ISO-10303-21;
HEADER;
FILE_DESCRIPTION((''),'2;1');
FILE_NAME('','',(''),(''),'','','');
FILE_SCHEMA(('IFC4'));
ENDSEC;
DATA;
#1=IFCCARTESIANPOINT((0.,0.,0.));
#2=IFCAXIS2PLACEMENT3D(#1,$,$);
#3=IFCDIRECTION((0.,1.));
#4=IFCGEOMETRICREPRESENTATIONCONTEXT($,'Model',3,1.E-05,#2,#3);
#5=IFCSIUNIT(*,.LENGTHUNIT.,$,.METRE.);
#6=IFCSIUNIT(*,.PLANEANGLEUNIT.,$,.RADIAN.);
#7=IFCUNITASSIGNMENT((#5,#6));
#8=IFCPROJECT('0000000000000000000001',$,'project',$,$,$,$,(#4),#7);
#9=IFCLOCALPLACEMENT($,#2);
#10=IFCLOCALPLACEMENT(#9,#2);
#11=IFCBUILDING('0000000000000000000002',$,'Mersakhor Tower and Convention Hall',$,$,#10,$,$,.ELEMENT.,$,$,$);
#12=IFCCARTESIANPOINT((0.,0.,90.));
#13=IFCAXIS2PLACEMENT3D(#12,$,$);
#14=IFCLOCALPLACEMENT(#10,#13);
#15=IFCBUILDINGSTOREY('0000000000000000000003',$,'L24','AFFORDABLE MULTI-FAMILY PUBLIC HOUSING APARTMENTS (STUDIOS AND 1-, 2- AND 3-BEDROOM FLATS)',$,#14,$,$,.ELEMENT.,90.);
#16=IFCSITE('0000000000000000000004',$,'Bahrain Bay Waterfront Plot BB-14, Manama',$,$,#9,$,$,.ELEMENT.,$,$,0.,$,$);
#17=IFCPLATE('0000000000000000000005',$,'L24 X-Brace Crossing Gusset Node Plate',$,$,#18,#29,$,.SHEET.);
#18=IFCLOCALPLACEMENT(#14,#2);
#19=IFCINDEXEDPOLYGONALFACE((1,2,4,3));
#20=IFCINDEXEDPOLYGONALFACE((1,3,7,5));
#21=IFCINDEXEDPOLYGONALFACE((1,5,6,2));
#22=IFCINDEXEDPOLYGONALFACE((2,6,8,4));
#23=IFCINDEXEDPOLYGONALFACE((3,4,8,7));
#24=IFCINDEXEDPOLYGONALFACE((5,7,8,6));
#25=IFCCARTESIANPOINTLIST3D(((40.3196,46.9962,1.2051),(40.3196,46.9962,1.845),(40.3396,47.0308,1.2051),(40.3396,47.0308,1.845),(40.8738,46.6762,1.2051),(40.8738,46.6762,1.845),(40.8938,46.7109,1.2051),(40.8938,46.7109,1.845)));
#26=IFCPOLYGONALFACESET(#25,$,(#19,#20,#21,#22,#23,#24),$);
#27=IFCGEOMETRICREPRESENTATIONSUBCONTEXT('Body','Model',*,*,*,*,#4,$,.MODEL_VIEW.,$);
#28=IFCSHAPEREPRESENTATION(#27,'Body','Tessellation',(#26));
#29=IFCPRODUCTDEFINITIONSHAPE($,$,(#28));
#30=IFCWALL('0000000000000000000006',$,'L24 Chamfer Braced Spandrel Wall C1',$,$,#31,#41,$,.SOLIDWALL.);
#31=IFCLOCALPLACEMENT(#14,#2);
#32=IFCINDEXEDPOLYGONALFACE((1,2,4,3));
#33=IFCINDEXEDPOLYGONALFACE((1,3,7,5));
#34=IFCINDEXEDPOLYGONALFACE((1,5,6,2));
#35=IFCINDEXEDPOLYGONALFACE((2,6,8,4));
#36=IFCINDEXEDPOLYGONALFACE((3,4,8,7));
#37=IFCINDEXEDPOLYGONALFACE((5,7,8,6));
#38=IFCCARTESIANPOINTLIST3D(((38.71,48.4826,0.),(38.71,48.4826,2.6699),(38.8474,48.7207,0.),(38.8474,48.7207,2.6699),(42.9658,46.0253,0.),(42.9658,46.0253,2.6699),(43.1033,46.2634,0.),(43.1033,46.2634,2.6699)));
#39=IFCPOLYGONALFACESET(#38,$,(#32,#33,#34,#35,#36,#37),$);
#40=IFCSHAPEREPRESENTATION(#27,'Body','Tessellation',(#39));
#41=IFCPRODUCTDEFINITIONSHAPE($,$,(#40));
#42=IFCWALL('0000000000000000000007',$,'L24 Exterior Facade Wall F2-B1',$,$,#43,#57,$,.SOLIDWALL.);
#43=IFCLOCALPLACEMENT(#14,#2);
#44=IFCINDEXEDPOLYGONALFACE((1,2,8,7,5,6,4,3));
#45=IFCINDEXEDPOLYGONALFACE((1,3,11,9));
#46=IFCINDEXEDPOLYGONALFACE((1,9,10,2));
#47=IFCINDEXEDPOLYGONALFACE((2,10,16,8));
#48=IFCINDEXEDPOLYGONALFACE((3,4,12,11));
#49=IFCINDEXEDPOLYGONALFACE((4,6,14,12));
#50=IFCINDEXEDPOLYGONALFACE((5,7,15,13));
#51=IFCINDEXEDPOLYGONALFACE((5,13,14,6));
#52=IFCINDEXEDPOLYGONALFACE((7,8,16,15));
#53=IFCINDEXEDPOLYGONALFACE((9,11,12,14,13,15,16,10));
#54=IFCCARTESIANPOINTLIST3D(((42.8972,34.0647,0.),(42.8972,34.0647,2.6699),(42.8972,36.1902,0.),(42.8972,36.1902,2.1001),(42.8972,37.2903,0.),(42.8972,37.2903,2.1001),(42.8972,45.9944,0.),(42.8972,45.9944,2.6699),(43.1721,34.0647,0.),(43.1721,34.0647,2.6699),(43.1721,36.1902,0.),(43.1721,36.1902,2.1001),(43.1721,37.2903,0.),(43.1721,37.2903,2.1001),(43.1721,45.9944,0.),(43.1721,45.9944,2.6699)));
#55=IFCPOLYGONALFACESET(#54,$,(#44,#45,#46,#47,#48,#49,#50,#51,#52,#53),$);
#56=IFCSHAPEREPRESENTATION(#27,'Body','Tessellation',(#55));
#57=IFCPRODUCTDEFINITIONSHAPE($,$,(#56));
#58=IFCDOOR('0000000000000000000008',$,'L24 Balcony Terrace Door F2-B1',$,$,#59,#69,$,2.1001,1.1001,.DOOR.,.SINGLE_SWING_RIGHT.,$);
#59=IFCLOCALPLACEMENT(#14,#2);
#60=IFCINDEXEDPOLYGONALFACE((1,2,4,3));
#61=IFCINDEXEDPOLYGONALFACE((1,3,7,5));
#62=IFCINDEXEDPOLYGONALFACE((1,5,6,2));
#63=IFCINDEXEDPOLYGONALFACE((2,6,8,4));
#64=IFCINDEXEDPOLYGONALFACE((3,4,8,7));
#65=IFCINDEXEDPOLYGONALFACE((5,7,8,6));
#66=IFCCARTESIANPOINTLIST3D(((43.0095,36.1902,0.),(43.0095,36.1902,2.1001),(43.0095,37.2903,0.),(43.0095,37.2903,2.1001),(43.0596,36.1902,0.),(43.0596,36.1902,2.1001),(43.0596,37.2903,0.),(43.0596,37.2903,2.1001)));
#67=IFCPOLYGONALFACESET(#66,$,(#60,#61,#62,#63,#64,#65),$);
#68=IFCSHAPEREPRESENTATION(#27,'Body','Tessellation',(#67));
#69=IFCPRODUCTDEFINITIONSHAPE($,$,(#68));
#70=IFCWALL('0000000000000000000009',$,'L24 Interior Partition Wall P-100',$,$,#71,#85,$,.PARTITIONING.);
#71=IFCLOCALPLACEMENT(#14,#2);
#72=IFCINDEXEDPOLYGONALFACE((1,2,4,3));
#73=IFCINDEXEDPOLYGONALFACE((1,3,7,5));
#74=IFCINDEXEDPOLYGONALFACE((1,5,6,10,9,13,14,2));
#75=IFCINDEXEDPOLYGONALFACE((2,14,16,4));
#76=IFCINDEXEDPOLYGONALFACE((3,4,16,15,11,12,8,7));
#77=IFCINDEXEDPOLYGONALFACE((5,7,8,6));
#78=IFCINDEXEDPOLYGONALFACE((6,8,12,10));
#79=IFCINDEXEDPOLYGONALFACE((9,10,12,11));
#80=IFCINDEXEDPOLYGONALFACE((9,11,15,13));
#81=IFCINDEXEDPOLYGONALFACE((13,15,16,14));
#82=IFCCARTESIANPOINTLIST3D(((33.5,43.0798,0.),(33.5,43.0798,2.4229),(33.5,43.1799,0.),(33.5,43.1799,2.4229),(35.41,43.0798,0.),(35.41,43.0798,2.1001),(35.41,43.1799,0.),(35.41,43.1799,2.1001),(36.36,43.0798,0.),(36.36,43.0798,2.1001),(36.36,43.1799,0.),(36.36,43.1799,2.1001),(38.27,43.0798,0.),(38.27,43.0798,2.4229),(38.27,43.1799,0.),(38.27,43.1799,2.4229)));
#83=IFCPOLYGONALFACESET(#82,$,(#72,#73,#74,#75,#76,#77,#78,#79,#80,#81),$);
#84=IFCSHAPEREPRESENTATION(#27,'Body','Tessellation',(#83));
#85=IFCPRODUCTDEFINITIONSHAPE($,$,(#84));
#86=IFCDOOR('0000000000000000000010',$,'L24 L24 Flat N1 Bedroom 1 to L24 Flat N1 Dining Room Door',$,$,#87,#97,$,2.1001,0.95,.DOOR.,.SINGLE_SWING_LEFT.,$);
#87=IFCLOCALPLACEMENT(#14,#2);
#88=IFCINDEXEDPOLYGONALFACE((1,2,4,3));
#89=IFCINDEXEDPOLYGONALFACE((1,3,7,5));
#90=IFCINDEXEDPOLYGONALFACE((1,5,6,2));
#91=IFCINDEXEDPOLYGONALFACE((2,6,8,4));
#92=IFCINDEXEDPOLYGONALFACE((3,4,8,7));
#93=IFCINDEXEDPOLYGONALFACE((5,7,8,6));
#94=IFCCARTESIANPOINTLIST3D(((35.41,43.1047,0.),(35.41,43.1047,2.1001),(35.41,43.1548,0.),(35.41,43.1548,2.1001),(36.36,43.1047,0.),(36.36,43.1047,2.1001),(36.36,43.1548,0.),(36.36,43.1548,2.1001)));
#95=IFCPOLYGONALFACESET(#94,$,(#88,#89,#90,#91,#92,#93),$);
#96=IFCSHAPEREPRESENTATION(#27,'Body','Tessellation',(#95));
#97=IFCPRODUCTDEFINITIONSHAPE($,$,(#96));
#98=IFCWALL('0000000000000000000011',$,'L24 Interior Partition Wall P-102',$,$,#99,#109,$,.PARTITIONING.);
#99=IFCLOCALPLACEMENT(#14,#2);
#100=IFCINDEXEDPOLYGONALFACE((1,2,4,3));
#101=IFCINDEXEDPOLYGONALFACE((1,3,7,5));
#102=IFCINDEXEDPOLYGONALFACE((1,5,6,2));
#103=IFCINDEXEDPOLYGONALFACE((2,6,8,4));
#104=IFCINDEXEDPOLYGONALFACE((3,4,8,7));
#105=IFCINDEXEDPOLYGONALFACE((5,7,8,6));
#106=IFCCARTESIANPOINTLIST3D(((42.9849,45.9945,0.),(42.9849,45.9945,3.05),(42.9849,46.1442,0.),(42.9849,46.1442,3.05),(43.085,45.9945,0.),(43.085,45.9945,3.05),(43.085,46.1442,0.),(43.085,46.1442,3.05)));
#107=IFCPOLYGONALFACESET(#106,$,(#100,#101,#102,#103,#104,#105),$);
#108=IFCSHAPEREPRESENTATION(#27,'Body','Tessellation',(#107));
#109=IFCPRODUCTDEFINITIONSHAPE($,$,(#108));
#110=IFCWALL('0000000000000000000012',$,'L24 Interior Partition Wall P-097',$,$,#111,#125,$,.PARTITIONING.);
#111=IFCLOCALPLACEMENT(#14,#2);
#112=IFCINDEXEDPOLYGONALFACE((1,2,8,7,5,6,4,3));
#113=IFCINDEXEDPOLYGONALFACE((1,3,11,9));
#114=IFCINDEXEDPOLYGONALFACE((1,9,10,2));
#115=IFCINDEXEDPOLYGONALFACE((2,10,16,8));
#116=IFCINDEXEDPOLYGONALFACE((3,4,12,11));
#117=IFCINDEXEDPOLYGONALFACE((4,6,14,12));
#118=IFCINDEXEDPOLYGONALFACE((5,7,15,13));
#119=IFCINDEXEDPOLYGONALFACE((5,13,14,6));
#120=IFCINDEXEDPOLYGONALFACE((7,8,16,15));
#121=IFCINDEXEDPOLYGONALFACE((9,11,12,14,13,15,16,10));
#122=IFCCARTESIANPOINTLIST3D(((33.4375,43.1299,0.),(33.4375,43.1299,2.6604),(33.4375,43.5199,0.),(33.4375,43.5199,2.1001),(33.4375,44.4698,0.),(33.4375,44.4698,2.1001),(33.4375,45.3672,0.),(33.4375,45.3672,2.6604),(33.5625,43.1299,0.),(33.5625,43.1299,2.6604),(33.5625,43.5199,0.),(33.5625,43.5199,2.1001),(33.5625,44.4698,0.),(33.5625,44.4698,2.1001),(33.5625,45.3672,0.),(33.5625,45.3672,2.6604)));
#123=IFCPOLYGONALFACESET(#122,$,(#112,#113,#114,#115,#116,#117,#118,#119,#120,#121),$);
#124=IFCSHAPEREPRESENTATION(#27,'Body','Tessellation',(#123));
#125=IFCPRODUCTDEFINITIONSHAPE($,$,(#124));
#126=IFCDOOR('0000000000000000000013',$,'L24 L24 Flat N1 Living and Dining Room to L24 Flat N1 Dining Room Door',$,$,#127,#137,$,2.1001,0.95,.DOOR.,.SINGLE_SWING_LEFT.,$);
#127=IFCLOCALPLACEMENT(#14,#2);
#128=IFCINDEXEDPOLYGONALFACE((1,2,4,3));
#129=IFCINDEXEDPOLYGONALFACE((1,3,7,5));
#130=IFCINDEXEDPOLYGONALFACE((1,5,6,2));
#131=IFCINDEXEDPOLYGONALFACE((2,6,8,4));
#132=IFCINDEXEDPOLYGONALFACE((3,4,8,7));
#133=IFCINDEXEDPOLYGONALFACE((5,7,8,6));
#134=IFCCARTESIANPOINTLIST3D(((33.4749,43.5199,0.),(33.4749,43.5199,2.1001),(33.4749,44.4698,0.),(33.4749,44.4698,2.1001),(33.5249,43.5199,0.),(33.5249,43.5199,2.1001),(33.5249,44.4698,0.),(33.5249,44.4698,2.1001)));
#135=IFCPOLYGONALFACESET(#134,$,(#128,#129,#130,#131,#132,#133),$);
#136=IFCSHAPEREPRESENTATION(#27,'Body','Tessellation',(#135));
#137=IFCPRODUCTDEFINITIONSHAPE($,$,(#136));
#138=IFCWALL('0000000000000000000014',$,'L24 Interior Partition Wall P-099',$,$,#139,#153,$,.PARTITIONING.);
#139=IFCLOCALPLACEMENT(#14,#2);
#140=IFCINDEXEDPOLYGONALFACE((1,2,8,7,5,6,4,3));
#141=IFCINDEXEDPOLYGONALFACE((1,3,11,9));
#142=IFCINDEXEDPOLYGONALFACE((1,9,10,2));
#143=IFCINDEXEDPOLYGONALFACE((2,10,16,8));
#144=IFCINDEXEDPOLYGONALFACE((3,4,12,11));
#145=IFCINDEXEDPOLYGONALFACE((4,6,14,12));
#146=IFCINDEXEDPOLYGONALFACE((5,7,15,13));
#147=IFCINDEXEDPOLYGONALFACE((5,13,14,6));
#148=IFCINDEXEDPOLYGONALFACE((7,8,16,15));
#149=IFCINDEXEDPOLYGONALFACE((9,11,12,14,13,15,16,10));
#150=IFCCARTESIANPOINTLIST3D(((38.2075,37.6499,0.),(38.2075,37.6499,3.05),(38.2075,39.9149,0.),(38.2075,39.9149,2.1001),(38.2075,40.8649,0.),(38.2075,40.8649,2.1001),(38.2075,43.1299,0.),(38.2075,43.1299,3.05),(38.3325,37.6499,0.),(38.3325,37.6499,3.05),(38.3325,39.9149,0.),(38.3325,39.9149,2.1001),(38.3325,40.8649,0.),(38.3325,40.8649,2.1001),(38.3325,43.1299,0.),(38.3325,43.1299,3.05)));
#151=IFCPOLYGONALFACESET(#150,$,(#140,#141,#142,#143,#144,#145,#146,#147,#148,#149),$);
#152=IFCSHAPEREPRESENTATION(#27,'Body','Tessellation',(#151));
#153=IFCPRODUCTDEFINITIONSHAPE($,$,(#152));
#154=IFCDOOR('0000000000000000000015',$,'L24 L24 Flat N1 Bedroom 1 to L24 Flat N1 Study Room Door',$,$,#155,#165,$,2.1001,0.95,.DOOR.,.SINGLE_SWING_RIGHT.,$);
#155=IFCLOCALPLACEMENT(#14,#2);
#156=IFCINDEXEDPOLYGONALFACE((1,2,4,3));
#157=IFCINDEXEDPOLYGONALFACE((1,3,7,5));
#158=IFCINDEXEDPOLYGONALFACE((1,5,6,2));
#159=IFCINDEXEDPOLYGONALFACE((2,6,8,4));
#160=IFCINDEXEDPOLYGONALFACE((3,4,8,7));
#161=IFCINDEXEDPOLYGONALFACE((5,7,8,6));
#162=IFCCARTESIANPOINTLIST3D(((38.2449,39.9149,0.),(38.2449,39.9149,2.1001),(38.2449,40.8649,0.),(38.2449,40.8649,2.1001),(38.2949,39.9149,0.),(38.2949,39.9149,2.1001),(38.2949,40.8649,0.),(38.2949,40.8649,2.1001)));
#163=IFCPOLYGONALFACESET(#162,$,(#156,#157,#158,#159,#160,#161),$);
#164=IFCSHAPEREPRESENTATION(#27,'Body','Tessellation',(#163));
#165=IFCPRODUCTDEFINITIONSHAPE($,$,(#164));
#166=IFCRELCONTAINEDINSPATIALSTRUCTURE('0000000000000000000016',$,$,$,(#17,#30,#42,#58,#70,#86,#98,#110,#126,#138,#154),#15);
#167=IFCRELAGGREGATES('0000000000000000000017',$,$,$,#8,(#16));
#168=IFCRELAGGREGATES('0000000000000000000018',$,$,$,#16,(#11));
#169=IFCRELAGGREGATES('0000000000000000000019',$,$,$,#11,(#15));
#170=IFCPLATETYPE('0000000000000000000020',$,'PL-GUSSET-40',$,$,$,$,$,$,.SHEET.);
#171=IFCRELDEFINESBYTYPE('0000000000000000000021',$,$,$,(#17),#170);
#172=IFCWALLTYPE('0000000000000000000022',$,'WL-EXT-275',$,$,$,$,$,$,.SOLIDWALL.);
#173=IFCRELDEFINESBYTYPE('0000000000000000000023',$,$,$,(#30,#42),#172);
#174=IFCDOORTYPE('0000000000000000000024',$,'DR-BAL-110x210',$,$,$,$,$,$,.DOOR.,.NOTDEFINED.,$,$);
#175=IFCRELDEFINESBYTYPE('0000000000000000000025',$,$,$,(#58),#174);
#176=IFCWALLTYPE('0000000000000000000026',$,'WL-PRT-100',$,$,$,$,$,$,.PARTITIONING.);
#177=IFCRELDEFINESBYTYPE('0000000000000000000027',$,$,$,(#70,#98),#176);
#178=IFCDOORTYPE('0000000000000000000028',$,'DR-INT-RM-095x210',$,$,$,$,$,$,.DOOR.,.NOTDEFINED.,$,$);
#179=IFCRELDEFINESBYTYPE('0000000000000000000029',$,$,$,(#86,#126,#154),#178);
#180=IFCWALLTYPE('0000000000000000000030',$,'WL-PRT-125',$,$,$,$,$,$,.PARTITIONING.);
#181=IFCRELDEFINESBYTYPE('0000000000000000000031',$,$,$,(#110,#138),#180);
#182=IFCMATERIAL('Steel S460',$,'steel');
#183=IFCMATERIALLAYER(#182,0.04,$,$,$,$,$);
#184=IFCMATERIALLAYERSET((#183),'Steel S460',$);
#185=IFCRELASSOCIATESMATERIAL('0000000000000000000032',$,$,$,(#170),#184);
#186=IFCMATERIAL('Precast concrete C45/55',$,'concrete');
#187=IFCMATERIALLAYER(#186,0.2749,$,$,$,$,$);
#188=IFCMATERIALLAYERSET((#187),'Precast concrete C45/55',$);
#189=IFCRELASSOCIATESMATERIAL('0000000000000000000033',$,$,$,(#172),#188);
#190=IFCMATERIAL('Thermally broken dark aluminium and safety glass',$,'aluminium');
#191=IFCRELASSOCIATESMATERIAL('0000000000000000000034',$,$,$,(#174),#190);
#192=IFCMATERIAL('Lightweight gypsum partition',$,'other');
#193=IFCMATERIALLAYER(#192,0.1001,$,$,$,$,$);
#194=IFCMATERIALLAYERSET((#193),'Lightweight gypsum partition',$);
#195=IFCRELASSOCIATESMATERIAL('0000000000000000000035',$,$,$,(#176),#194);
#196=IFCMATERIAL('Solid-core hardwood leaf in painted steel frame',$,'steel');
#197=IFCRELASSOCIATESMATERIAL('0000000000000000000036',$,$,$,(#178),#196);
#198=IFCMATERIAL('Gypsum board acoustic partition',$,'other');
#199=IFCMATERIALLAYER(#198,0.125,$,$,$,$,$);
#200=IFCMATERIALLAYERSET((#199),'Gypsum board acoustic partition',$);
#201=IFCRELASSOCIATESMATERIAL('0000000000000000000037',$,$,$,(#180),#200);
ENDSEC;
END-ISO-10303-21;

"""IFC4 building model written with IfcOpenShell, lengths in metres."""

from ifc_helpers import new_model, si_unit, direction, frame, frame_2d, origin, origin_2d, place, context, subcontext, project, spatial, rectangle, extrude, material, layer, layer_set, type_object, element, fill, save


model = new_model("IFC4")

# Units and contexts
model_context = context("Model", 3, precision=1e-05, world=origin(), true_north=direction((0.0, 1.0)))
body_context = subcontext(model_context, "Body", "Model", "MODEL_VIEW")
ifc_project = project(units=[si_unit("LENGTHUNIT", "METRE"), si_unit("PLANEANGLEUNIT", "RADIAN")], contexts=[model_context])

# Site, building, storey
site_placement = place(None, origin())
site = spatial("IfcSite", under=ifc_project, at=site_placement, Name="Bahrain Bay Waterfront Plot BB-14, Manama", CompositionType="ELEMENT", RefElevation=0.0)
building_placement = place(site_placement, origin())
building = spatial("IfcBuilding", under=site, at=building_placement, Name="Mersakhor Tower and Convention Hall", CompositionType="ELEMENT")
storey_placement = place(building_placement, frame((0.0, 0.0, 90.0)))
storey = spatial("IfcBuildingStorey", under=building, at=storey_placement, Name="L24", Description="AFFORDABLE MULTI-FAMILY PUBLIC HOUSING APARTMENTS (STUDIOS AND 1-, 2- AND 3-BEDROOM FLATS)", CompositionType="ELEMENT", Elevation=90.0)

# Plate
ifc_material_1 = material(Name="Steel S460", Category="steel")
ifc_layer_1 = layer(ifc_material_1, 0.04)
ifc_layer_set_1 = layer_set([ifc_layer_1], Name="Steel S460")
plate_type_1 = type_object("IfcPlateType", Name="PL-GUSSET-40", PredefinedType="SHEET", material=ifc_layer_set_1)
plate_1_placement = place(storey_placement, frame((40.6067, 46.8535, 1.2051), z_axis=(0.0, 0.0, 1.0), x_axis=(-0.866025, 0.5, 0.0)))
element("IfcPlate", 1, at=plate_1_placement, inside=storey, type_object=plate_type_1, Name="L24 X-Brace Crossing Gusset Node Plate", PredefinedType="SHEET", context=body_context, shape_type="SweptSolid", body=[
    extrude(rectangle(XDim=0.6399, YDim=0.04, at=origin_2d()), origin(), (0.0, 0.0, 1.0), 0.6399),
])

# Wall
ifc_material_2 = material(Name="Precast concrete C45/55", Category="concrete")
ifc_layer_2 = layer(ifc_material_2, 0.2749)
ifc_layer_set_2 = layer_set([ifc_layer_2], Name="Precast concrete C45/55")
wall_type_1 = type_object("IfcWallType", Name="WL-EXT-275", PredefinedType="SOLIDWALL", material=ifc_layer_set_2)
wall_1_placement = place(storey_placement, frame((38.7788, 48.6016, 0.0), z_axis=(0.0, 0.0, 1.0), x_axis=(0.866012, -0.500023, 0.0)))
element("IfcWall", 2, at=wall_1_placement, inside=storey, type_object=wall_type_1, Name="L24 Chamfer Braced Spandrel Wall C1", PredefinedType="SOLIDWALL", context=body_context, shape_type="SweptSolid", body=[
    extrude(rectangle(XDim=4.9143, YDim=0.2749, at=frame_2d((2.457, 0.0))), origin(), (0.0, 0.0, 1.0), 2.6699),
])

# Walls, openings, doors
wall_2_placement = place(storey_placement, frame((43.0347, 45.9944, 0.0), z_axis=(0.0, 0.0, 1.0), x_axis=(0.0, -1.0, 0.0)))
wall_2 = element("IfcWall", 3, at=wall_2_placement, inside=storey, type_object=wall_type_1, Name="L24 Exterior Facade Wall F2-B1", PredefinedType="SOLIDWALL", context=body_context, shape_type="SweptSolid", body=[
    extrude(rectangle(XDim=11.9297, YDim=0.2749, at=frame_2d((5.9648, 0.0))), origin(), (0.0, 0.0, 1.0), 2.6699),
])
opening_1_placement = place(wall_2_placement, frame((8.7041, 0.0, 0.0)))
opening_1 = element("IfcOpeningElement", 4, at=opening_1_placement, cuts=wall_2, PredefinedType="OPENING", context=body_context, shape_type="SweptSolid", body=[
    extrude(rectangle(XDim=1.1001, YDim=2.1001, at=frame_2d((0.55, 1.05))), frame((0.0, 0.1475, 0.0), z_axis=(0.0, -1.0, 0.0), x_axis=(1.0, 0.0, 0.0)), (0.0, 0.0, 1.0), 0.2949),
])
ifc_material_3 = material(Name="Thermally broken dark aluminium and safety glass", Category="aluminium")
door_type_1 = type_object("IfcDoorType", Name="DR-BAL-110x210", OperationType="NOTDEFINED", PredefinedType="DOOR", material=ifc_material_3)
door_1_placement = place(opening_1_placement, origin())
door_1 = element("IfcDoor", 5, at=door_1_placement, inside=storey, type_object=door_type_1, Name="L24 Balcony Terrace Door F2-B1", OperationType="SINGLE_SWING_RIGHT", OverallHeight=2.1001, OverallWidth=1.1001, PredefinedType="DOOR", context=body_context, shape_type="SweptSolid", body=[
    extrude(rectangle(XDim=1.1001, YDim=2.1001, at=frame_2d((0.55, 1.05))), frame((0.0, 0.0249, 0.0), z_axis=(0.0, -1.0, 0.0), x_axis=(1.0, 0.0, 0.0)), (0.0, 0.0, 1.0), 0.05),
])
fill(opening_1, door_1)
ifc_material_4 = material(Name="Lightweight gypsum partition", Category="other")
ifc_layer_3 = layer(ifc_material_4, 0.1001)
ifc_layer_set_3 = layer_set([ifc_layer_3], Name="Lightweight gypsum partition")
wall_type_2 = type_object("IfcWallType", Name="WL-PRT-100", PredefinedType="PARTITIONING", material=ifc_layer_set_3)
wall_3_placement = place(storey_placement, frame((33.5, 43.1299, 0.0), z_axis=(0.0, 0.0, 1.0), x_axis=(1.0, 0.0, 0.0)))
wall_3 = element("IfcWall", 6, at=wall_3_placement, inside=storey, type_object=wall_type_2, Name="L24 Interior Partition Wall P-100", PredefinedType="PARTITIONING", context=body_context, shape_type="SweptSolid", body=[
    extrude(rectangle(XDim=4.77, YDim=0.1001, at=frame_2d((2.385, 0.0))), origin(), (0.0, 0.0, 1.0), 2.4229),
])
opening_2_placement = place(wall_3_placement, frame((1.9099, 0.0, 0.0)))
opening_2 = element("IfcOpeningElement", 7, at=opening_2_placement, cuts=wall_3, PredefinedType="OPENING", context=body_context, shape_type="SweptSolid", body=[
    extrude(rectangle(XDim=0.95, YDim=2.1001, at=frame_2d((0.4751, 1.05))), frame((0.0, 0.0601, 0.0), z_axis=(0.0, -1.0, 0.0), x_axis=(1.0, 0.0, 0.0)), (0.0, 0.0, 1.0), 0.1201),
])
ifc_material_5 = material(Name="Solid-core hardwood leaf in painted steel frame", Category="steel")
door_type_2 = type_object("IfcDoorType", Name="DR-INT-RM-095x210", OperationType="NOTDEFINED", PredefinedType="DOOR", material=ifc_material_5)
door_2_placement = place(opening_2_placement, origin())
door_2 = element("IfcDoor", 8, at=door_2_placement, inside=storey, type_object=door_type_2, Name="L24 L24 Flat N1 Bedroom 1 to L24 Flat N1 Dining Room Door", OperationType="SINGLE_SWING_LEFT", OverallHeight=2.1001, OverallWidth=0.95, PredefinedType="DOOR", context=body_context, shape_type="SweptSolid", body=[
    extrude(rectangle(XDim=0.95, YDim=2.1001, at=frame_2d((0.4751, 1.05))), frame((0.0, 0.0249, 0.0), z_axis=(0.0, -1.0, 0.0), x_axis=(1.0, 0.0, 0.0)), (0.0, 0.0, 1.0), 0.05),
])
fill(opening_2, door_2)

# Wall
wall_4_placement = place(storey_placement, frame((43.0349, 46.144, 0.0), z_axis=(0.0, 0.0, 1.0), x_axis=(0.0, -1.0, 0.0)))
element("IfcWall", 9, at=wall_4_placement, inside=storey, type_object=wall_type_2, Name="L24 Interior Partition Wall P-102", PredefinedType="PARTITIONING", context=body_context, shape_type="SweptSolid", body=[
    extrude(rectangle(XDim=0.1497, YDim=0.1001, at=frame_2d((0.0747, 0.0))), origin(), (0.0, 0.0, 1.0), 3.05),
])

# Walls, openings, doors
ifc_material_6 = material(Name="Gypsum board acoustic partition", Category="other")
ifc_layer_4 = layer(ifc_material_6, 0.125)
ifc_layer_set_4 = layer_set([ifc_layer_4], Name="Gypsum board acoustic partition")
wall_type_3 = type_object("IfcWallType", Name="WL-PRT-125", PredefinedType="PARTITIONING", material=ifc_layer_set_4)
wall_5_placement = place(storey_placement, frame((33.5, 45.3672, 0.0), z_axis=(0.0, 0.0, 1.0), x_axis=(0.0, -1.0, 0.0)))
wall_5 = element("IfcWall", 10, at=wall_5_placement, inside=storey, type_object=wall_type_3, Name="L24 Interior Partition Wall P-097", PredefinedType="PARTITIONING", context=body_context, shape_type="SweptSolid", body=[
    extrude(rectangle(XDim=2.2373, YDim=0.125, at=frame_2d((1.1187, 0.0))), origin(), (0.0, 0.0, 1.0), 2.6604),
])
opening_3_placement = place(wall_5_placement, frame((0.8972, 0.0, 0.0)))
opening_3 = element("IfcOpeningElement", 11, at=opening_3_placement, cuts=wall_5, PredefinedType="OPENING", context=body_context, shape_type="SweptSolid", body=[
    extrude(rectangle(XDim=0.95, YDim=2.1001, at=frame_2d((0.4751, 1.05))), frame((0.0, 0.0725, 0.0), z_axis=(0.0, -1.0, 0.0), x_axis=(1.0, 0.0, 0.0)), (0.0, 0.0, 1.0), 0.145),
])
door_3_placement = place(opening_3_placement, origin())
door_3 = element("IfcDoor", 12, at=door_3_placement, inside=storey, type_object=door_type_2, Name="L24 L24 Flat N1 Living and Dining Room to L24 Flat N1 Dining Room Door", OperationType="SINGLE_SWING_LEFT", OverallHeight=2.1001, OverallWidth=0.95, PredefinedType="DOOR", context=body_context, shape_type="SweptSolid", body=[
    extrude(rectangle(XDim=0.95, YDim=2.1001, at=frame_2d((0.4751, 1.05))), frame((0.0, 0.0249, 0.0), z_axis=(0.0, -1.0, 0.0), x_axis=(1.0, 0.0, 0.0)), (0.0, 0.0, 1.0), 0.05),
])
fill(opening_3, door_3)
wall_6_placement = place(storey_placement, frame((38.27, 43.1299, 0.0), z_axis=(0.0, 0.0, 1.0), x_axis=(0.0, -1.0, 0.0)))
wall_6 = element("IfcWall", 13, at=wall_6_placement, inside=storey, type_object=wall_type_3, Name="L24 Interior Partition Wall P-099", PredefinedType="PARTITIONING", context=body_context, shape_type="SweptSolid", body=[
    extrude(rectangle(XDim=5.48, YDim=0.125, at=frame_2d((2.74, 0.0))), origin(), (0.0, 0.0, 1.0), 3.05),
])
opening_4_placement = place(wall_6_placement, frame((2.2649, 0.0, 0.0)))
opening_4 = element("IfcOpeningElement", 14, at=opening_4_placement, cuts=wall_6, PredefinedType="OPENING", context=body_context, shape_type="SweptSolid", body=[
    extrude(rectangle(XDim=0.95, YDim=2.1001, at=frame_2d((0.4751, 1.05))), frame((0.0, 0.0725, 0.0), z_axis=(0.0, -1.0, 0.0), x_axis=(1.0, 0.0, 0.0)), (0.0, 0.0, 1.0), 0.145),
])
door_4_placement = place(opening_4_placement, origin())
door_4 = element("IfcDoor", 15, at=door_4_placement, inside=storey, type_object=door_type_2, Name="L24 L24 Flat N1 Bedroom 1 to L24 Flat N1 Study Room Door", OperationType="SINGLE_SWING_RIGHT", OverallHeight=2.1001, OverallWidth=0.95, PredefinedType="DOOR", context=body_context, shape_type="SweptSolid", body=[
    extrude(rectangle(XDim=0.95, YDim=2.1001, at=frame_2d((0.4751, 1.05))), frame((0.0, 0.0249, 0.0), z_axis=(0.0, -1.0, 0.0), x_axis=(1.0, 0.0, 0.0)), (0.0, 0.0, 1.0), 0.05),
])
fill(opening_4, door_4)

save(model, "model.ifc")
